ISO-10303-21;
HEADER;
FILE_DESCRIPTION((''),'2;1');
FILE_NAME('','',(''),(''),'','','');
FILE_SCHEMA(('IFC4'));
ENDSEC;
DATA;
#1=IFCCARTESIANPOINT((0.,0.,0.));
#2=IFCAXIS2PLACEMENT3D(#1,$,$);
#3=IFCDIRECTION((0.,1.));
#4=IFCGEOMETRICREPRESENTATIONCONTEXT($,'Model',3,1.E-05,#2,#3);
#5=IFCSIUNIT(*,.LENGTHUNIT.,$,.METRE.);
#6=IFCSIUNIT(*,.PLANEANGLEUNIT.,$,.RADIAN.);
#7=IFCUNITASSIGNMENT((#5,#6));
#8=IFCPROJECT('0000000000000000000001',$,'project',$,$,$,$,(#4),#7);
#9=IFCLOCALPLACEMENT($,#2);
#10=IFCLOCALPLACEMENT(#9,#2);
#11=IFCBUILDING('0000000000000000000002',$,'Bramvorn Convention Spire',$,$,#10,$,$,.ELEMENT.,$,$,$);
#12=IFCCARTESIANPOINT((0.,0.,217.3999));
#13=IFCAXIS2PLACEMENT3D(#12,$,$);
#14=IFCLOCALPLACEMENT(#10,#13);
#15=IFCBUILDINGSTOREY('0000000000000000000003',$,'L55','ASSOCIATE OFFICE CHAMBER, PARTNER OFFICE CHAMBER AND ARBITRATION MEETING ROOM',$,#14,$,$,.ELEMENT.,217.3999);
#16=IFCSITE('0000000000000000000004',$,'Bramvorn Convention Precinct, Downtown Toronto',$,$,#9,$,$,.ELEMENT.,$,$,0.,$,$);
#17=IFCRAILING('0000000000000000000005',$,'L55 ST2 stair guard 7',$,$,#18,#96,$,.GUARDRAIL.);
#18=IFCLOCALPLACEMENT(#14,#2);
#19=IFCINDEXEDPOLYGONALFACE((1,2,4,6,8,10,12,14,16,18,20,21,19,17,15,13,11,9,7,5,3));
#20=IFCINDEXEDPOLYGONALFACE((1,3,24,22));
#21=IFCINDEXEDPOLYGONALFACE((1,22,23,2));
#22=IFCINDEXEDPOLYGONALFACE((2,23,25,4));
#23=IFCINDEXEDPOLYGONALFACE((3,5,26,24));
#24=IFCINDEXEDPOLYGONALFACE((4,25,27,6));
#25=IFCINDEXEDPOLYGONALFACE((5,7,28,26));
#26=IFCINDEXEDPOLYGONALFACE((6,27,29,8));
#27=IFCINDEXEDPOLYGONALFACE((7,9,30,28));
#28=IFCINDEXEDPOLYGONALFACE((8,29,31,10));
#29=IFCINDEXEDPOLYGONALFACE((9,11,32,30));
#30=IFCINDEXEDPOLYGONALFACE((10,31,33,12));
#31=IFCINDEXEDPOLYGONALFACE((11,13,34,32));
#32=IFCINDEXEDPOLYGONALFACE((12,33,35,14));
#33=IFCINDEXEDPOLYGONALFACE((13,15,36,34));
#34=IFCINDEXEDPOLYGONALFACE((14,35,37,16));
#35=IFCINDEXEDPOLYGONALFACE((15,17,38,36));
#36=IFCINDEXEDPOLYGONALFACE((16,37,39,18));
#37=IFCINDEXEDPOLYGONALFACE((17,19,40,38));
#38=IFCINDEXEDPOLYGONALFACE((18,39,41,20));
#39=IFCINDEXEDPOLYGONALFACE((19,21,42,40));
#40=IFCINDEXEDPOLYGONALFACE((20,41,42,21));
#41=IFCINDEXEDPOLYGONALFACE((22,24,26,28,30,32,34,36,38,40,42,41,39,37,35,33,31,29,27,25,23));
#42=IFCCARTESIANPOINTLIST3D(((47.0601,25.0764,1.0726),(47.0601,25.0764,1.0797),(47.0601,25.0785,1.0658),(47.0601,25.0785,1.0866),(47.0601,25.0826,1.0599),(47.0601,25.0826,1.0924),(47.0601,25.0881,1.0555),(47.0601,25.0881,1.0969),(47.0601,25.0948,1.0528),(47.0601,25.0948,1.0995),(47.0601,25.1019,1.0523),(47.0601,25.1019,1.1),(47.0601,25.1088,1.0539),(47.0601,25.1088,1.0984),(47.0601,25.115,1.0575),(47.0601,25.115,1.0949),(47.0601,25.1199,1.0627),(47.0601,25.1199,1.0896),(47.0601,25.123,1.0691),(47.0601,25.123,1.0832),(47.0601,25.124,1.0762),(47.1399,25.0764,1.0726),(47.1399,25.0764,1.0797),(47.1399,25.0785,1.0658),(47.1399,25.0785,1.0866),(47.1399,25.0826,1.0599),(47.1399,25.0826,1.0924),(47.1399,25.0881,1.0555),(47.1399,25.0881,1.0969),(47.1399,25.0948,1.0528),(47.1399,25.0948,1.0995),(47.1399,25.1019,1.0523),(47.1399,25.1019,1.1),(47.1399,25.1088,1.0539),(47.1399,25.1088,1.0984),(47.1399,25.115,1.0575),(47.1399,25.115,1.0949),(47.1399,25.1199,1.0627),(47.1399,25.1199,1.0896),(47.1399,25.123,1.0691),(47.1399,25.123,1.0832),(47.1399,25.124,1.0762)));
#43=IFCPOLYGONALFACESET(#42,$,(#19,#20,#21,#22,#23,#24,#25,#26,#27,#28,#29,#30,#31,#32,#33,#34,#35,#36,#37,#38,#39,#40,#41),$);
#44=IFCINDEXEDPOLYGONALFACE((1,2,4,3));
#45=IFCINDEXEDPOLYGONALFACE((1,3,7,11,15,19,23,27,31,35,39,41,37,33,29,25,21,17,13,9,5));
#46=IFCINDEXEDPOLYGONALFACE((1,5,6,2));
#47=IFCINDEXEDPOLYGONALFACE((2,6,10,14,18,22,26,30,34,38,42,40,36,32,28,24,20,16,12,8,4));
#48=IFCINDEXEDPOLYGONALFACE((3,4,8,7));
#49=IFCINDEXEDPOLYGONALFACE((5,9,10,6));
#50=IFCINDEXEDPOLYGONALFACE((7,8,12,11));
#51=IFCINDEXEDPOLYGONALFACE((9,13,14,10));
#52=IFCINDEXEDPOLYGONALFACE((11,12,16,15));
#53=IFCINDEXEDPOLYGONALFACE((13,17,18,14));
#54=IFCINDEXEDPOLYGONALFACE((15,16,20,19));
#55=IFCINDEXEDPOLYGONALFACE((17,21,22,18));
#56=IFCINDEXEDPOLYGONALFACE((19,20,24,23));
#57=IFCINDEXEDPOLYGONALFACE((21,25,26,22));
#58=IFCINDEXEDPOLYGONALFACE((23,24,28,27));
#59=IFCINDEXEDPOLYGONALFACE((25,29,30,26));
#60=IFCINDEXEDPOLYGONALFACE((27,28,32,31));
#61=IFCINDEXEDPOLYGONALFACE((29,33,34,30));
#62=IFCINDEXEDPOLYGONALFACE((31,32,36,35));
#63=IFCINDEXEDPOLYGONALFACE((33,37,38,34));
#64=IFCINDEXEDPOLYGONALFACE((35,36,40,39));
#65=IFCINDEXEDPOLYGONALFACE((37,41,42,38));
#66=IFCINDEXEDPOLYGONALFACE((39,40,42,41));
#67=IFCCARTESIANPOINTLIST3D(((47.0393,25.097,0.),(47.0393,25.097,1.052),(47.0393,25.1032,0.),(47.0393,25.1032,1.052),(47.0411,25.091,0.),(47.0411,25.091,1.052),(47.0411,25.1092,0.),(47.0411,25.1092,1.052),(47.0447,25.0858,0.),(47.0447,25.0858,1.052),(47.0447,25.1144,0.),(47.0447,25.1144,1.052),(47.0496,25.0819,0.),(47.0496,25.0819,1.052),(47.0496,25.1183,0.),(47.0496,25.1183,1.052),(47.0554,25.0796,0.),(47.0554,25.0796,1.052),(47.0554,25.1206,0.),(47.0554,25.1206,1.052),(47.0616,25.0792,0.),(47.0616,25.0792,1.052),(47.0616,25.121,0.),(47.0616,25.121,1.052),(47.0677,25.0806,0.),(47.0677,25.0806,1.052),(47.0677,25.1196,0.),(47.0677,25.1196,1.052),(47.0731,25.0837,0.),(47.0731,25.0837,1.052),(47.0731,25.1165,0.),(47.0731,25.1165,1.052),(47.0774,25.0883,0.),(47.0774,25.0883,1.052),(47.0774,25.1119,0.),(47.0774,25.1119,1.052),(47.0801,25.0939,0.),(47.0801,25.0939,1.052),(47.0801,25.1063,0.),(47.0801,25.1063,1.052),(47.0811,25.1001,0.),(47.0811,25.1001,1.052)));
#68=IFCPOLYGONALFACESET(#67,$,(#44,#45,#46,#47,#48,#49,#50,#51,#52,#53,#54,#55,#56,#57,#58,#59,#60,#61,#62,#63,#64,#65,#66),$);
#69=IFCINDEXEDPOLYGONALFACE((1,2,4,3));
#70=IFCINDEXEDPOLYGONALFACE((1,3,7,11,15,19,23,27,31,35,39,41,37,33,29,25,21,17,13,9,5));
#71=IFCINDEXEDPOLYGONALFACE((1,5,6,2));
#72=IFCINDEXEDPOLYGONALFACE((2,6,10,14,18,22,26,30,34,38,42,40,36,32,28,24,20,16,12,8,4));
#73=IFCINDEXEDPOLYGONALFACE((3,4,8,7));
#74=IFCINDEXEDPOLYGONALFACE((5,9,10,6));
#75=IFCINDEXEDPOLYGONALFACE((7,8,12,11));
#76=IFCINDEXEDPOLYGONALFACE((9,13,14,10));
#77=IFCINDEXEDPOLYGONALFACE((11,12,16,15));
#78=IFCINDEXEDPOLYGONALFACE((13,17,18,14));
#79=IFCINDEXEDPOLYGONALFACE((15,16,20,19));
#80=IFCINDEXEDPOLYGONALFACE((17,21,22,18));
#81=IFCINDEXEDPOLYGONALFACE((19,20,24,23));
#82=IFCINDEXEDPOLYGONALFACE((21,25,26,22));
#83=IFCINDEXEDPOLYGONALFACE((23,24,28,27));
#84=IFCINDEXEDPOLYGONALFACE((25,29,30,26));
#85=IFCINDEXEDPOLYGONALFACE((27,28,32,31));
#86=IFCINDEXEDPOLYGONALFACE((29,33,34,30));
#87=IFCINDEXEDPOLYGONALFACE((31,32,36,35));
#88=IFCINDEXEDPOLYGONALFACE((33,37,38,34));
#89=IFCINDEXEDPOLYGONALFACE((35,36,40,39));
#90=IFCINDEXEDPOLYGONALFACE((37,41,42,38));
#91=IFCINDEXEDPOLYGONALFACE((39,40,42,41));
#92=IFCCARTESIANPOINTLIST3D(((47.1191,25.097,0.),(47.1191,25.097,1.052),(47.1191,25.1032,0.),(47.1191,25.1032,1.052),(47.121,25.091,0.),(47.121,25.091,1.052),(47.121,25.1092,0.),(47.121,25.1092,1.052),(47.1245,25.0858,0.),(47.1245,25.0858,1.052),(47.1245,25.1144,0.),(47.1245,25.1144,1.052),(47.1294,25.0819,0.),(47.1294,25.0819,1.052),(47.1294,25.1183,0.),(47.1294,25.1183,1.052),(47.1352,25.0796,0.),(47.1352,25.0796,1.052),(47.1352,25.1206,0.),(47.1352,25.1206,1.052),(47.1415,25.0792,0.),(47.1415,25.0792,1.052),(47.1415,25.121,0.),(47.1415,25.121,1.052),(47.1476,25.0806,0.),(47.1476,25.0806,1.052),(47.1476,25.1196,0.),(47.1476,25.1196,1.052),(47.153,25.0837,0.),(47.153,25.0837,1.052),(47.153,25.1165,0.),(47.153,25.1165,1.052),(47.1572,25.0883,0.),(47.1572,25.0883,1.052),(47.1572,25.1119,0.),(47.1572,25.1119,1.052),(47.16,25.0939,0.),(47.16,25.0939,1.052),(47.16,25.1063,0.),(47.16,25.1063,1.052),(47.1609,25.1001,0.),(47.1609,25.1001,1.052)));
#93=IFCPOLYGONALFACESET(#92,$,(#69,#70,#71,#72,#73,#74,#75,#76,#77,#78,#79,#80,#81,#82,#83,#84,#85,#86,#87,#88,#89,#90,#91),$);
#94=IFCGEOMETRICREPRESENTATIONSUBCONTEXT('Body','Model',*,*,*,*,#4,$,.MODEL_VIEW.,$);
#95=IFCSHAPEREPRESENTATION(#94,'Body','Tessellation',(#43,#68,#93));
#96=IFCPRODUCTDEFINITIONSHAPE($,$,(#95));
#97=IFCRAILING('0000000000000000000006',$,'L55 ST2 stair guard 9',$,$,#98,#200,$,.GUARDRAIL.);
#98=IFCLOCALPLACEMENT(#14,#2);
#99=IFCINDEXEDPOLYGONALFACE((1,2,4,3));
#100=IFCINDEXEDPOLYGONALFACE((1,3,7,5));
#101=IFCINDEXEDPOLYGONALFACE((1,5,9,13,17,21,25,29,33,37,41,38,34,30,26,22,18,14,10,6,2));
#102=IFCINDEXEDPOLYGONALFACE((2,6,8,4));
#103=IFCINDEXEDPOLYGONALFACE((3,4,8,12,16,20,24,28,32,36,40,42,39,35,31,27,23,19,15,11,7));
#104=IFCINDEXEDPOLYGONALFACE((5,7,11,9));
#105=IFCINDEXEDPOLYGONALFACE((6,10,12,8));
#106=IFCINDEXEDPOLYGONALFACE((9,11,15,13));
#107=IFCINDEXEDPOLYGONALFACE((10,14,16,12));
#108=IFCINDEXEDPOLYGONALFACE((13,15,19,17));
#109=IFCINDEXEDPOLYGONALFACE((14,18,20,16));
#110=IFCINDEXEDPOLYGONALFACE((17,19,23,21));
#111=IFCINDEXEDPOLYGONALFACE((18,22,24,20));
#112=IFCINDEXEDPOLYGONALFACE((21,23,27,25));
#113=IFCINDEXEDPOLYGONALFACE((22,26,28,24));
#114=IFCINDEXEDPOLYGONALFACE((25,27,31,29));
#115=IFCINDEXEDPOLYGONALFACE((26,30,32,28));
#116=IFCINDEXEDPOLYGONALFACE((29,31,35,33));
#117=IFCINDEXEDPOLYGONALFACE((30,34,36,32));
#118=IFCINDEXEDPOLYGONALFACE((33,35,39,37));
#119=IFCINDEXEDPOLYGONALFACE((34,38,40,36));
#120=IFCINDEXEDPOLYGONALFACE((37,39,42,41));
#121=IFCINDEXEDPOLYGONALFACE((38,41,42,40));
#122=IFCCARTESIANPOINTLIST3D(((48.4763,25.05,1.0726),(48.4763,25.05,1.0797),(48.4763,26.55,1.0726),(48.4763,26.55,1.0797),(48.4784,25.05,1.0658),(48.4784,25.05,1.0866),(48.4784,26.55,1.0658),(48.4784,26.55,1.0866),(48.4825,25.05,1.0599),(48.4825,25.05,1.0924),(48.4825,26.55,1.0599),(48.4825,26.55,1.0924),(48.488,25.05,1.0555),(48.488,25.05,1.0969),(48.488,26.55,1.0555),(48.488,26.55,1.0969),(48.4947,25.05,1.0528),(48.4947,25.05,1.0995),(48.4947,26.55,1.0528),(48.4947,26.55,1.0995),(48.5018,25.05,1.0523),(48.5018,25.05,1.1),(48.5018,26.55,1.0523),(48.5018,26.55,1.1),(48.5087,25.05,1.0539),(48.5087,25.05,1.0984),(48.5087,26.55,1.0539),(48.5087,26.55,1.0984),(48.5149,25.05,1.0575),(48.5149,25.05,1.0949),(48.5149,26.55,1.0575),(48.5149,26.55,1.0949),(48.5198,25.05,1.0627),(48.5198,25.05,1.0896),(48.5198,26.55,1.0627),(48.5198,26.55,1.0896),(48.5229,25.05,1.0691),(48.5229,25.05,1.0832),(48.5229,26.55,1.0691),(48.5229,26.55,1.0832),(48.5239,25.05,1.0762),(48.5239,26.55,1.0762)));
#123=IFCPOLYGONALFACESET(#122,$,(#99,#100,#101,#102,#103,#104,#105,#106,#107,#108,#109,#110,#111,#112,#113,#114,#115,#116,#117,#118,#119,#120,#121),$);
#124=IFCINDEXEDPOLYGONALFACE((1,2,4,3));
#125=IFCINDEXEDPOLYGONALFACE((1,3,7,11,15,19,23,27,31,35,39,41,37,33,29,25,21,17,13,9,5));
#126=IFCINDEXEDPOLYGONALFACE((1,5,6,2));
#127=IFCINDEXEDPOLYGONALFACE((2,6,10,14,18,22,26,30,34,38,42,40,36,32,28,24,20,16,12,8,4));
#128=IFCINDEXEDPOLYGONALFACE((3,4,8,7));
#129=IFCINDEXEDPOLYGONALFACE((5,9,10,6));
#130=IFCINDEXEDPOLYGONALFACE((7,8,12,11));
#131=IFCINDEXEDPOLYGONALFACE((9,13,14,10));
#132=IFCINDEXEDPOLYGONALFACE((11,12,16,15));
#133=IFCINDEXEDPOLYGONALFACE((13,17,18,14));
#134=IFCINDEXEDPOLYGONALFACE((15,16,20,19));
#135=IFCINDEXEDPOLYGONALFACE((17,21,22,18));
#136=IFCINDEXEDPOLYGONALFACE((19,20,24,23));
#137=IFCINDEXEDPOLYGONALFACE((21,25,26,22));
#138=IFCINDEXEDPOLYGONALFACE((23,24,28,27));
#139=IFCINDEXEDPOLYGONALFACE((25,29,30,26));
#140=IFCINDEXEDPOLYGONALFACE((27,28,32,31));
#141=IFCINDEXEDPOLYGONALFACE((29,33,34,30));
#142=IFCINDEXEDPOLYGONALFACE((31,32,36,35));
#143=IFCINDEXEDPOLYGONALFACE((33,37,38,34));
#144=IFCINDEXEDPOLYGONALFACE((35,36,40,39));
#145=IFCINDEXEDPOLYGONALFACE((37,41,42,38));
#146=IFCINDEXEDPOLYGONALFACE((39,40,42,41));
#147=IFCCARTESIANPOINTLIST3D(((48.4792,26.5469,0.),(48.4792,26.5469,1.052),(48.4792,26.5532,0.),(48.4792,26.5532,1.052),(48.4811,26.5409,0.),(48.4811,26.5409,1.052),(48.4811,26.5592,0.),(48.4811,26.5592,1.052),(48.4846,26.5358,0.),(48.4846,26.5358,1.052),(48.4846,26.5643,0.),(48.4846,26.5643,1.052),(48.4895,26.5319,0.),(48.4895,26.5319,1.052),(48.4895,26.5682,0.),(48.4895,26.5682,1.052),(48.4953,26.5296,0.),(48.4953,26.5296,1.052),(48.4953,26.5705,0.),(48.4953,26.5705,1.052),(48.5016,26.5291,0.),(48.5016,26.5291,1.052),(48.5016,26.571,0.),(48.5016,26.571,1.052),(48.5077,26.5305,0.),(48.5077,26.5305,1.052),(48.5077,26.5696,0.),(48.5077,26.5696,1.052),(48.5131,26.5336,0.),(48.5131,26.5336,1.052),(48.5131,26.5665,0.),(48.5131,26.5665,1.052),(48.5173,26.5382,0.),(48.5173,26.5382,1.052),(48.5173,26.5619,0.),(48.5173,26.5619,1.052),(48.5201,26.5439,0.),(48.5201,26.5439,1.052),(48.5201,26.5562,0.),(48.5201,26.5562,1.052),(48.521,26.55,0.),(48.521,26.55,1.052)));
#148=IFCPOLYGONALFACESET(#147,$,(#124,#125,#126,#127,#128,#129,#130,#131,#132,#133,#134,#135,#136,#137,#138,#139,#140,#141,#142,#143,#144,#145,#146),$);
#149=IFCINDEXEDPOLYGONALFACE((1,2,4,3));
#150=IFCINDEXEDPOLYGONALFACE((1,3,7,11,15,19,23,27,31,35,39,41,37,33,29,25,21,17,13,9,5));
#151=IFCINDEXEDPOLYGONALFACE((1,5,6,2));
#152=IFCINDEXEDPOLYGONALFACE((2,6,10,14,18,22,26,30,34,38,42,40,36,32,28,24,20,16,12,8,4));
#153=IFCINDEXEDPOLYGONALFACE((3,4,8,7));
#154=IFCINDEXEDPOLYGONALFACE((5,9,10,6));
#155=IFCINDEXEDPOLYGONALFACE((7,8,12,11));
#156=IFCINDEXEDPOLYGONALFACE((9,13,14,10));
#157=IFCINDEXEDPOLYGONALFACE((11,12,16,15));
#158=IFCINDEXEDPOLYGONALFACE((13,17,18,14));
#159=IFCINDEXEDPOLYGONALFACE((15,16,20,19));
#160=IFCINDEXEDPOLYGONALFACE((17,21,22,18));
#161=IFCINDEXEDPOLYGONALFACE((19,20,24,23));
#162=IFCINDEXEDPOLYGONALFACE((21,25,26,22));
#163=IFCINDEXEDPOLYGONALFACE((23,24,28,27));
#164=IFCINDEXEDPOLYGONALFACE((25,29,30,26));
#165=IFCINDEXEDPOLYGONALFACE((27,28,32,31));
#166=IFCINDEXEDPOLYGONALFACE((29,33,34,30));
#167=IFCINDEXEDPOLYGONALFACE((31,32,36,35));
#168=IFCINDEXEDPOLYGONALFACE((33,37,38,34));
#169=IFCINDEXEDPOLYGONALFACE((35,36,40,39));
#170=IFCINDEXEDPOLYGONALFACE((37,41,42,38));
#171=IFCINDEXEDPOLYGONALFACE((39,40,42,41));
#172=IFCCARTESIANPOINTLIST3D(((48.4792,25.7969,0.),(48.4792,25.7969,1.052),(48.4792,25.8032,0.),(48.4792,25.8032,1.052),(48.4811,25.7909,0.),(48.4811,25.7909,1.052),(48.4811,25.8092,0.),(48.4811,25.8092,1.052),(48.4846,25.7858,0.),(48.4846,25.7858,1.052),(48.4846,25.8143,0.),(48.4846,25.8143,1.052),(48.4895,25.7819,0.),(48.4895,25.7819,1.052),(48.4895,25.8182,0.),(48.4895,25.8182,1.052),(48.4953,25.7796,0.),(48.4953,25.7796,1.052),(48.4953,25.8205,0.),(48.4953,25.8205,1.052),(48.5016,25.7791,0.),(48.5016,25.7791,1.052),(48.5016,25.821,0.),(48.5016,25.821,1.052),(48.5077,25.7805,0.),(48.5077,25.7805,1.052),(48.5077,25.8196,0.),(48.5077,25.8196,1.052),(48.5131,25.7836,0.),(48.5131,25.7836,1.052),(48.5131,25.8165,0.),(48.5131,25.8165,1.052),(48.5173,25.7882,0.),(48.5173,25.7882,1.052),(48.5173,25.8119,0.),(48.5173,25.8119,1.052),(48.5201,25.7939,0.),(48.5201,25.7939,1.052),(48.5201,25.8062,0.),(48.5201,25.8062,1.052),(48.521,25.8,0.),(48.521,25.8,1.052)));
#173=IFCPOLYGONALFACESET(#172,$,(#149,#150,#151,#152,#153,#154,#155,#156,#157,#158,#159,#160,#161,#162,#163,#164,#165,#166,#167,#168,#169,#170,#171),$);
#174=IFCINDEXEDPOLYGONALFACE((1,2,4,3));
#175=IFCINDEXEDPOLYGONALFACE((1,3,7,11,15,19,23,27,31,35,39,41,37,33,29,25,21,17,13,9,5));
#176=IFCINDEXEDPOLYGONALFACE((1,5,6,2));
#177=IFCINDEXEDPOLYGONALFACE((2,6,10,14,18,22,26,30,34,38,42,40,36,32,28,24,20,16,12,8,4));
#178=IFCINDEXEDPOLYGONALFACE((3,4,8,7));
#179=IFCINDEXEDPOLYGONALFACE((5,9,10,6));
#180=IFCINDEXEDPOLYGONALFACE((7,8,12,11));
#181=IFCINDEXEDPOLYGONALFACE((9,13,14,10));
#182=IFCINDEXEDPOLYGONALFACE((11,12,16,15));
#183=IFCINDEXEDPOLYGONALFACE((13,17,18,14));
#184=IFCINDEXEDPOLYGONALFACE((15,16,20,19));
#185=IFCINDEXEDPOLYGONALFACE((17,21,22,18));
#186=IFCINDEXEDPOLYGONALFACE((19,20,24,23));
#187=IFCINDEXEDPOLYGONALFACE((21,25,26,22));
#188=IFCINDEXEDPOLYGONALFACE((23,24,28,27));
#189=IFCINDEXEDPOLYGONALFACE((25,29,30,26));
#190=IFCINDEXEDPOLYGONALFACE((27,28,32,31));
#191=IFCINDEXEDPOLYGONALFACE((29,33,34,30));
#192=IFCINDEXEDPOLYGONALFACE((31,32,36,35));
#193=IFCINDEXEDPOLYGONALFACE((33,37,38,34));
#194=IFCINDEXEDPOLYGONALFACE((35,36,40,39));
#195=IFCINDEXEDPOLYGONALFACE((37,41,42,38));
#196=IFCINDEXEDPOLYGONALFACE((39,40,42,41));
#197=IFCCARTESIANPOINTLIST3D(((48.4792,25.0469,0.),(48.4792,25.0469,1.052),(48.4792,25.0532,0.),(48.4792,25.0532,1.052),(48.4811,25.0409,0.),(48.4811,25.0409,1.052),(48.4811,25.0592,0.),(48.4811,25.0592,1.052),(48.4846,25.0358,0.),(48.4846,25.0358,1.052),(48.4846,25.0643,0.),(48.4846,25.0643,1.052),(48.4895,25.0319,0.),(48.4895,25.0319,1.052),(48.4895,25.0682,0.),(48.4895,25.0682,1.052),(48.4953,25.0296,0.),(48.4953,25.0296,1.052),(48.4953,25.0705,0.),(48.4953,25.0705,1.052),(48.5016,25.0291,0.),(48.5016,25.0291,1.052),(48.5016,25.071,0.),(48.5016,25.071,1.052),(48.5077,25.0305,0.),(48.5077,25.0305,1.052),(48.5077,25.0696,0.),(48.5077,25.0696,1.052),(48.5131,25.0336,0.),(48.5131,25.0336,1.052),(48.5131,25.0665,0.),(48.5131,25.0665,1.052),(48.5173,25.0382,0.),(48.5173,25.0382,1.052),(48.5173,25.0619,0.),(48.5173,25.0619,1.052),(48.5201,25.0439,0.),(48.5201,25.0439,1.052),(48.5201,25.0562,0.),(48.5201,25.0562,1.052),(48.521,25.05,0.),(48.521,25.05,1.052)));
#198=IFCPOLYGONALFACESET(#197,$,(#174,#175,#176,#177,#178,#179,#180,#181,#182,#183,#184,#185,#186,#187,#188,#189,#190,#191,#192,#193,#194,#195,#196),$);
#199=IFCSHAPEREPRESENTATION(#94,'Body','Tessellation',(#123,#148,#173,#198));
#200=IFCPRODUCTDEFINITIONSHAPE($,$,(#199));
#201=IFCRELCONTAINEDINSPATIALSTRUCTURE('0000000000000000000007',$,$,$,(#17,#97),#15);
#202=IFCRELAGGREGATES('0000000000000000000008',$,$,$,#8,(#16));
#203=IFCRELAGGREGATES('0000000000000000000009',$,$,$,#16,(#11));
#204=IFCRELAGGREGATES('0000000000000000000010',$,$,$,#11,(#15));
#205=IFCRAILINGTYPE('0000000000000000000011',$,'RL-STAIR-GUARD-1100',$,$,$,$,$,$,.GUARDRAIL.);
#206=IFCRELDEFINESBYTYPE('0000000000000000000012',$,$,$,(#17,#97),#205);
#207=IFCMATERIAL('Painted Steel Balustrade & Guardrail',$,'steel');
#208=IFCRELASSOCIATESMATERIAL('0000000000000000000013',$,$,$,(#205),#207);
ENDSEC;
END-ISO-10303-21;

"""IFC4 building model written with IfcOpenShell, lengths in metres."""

from ifc_helpers import new_model, si_unit, direction, frame, origin, origin_2d, place, context, subcontext, project, spatial, circle, extrude, material, type_object, element, save


model = new_model("IFC4")

# Units and contexts
model_context = context("Model", 3, precision=1e-05, world=origin(), true_north=direction((0.0, 1.0)))
body_context = subcontext(model_context, "Body", "Model", "MODEL_VIEW")
ifc_project = project(units=[si_unit("LENGTHUNIT", "METRE"), si_unit("PLANEANGLEUNIT", "RADIAN")], contexts=[model_context])

# Site, building, storey
site_placement = place(None, origin())
site = spatial("IfcSite", under=ifc_project, at=site_placement, Name="Bramvorn Convention Precinct, Downtown Toronto", CompositionType="ELEMENT", RefElevation=0.0)
building_placement = place(site_placement, origin())
building = spatial("IfcBuilding", under=site, at=building_placement, Name="Bramvorn Convention Spire", CompositionType="ELEMENT")
storey_placement = place(building_placement, frame((0.0, 0.0, 217.3999)))
storey = spatial("IfcBuildingStorey", under=building, at=storey_placement, Name="L55", Description="ASSOCIATE OFFICE CHAMBER, PARTNER OFFICE CHAMBER AND ARBITRATION MEETING ROOM", CompositionType="ELEMENT", Elevation=217.3999)

# Railings
ifc_material_1 = material(Name="Painted Steel Balustrade & Guardrail", Category="steel")
railing_type_1 = type_object("IfcRailingType", Name="RL-STAIR-GUARD-1100", PredefinedType="GUARDRAIL", material=ifc_material_1)
railing_1_placement = place(storey_placement, frame((47.0601, 25.1001, 0.0)))
element("IfcRailing", 1, at=railing_1_placement, inside=storey, type_object=railing_type_1, Name="L55 ST2 stair guard 7", PredefinedType="GUARDRAIL", context=body_context, shape_type="SweptSolid", body=[
    extrude(circle(Radius=0.0239, at=origin_2d()), frame((0.0, 0.0, 1.0762), z_axis=(1.0, 0.0, 0.0), x_axis=(0.0, 1.0, 0.0)), (0.0, 0.0, 1.0), 0.0798),
    extrude(circle(Radius=0.021, at=origin_2d()), origin(), (0.0, 0.0, 1.0), 1.052),
    extrude(circle(Radius=0.021, at=origin_2d()), frame((0.0798, 0.0, 0.0)), (0.0, 0.0, 1.0), 1.052),
])
railing_2_placement = place(storey_placement, frame((48.5, 26.55, 0.0)))
element("IfcRailing", 2, at=railing_2_placement, inside=storey, type_object=railing_type_1, Name="L55 ST2 stair guard 9", PredefinedType="GUARDRAIL", context=body_context, shape_type="SweptSolid", body=[
    extrude(circle(Radius=0.0239, at=origin_2d()), frame((0.0, 0.0, 1.0762), z_axis=(0.0, -1.0, 0.0), x_axis=(1.0, 0.0, 0.0)), (0.0, 0.0, 1.0), 1.5),
    extrude(circle(Radius=0.021, at=origin_2d()), origin(), (0.0, 0.0, 1.0), 1.052),
    extrude(circle(Radius=0.021, at=origin_2d()), frame((0.0, -0.75, 0.0)), (0.0, 0.0, 1.0), 1.052),
    extrude(circle(Radius=0.021, at=origin_2d()), frame((0.0, -1.5, 0.0)), (0.0, 0.0, 1.0), 1.052),
])

save(model, "model.ifc")
